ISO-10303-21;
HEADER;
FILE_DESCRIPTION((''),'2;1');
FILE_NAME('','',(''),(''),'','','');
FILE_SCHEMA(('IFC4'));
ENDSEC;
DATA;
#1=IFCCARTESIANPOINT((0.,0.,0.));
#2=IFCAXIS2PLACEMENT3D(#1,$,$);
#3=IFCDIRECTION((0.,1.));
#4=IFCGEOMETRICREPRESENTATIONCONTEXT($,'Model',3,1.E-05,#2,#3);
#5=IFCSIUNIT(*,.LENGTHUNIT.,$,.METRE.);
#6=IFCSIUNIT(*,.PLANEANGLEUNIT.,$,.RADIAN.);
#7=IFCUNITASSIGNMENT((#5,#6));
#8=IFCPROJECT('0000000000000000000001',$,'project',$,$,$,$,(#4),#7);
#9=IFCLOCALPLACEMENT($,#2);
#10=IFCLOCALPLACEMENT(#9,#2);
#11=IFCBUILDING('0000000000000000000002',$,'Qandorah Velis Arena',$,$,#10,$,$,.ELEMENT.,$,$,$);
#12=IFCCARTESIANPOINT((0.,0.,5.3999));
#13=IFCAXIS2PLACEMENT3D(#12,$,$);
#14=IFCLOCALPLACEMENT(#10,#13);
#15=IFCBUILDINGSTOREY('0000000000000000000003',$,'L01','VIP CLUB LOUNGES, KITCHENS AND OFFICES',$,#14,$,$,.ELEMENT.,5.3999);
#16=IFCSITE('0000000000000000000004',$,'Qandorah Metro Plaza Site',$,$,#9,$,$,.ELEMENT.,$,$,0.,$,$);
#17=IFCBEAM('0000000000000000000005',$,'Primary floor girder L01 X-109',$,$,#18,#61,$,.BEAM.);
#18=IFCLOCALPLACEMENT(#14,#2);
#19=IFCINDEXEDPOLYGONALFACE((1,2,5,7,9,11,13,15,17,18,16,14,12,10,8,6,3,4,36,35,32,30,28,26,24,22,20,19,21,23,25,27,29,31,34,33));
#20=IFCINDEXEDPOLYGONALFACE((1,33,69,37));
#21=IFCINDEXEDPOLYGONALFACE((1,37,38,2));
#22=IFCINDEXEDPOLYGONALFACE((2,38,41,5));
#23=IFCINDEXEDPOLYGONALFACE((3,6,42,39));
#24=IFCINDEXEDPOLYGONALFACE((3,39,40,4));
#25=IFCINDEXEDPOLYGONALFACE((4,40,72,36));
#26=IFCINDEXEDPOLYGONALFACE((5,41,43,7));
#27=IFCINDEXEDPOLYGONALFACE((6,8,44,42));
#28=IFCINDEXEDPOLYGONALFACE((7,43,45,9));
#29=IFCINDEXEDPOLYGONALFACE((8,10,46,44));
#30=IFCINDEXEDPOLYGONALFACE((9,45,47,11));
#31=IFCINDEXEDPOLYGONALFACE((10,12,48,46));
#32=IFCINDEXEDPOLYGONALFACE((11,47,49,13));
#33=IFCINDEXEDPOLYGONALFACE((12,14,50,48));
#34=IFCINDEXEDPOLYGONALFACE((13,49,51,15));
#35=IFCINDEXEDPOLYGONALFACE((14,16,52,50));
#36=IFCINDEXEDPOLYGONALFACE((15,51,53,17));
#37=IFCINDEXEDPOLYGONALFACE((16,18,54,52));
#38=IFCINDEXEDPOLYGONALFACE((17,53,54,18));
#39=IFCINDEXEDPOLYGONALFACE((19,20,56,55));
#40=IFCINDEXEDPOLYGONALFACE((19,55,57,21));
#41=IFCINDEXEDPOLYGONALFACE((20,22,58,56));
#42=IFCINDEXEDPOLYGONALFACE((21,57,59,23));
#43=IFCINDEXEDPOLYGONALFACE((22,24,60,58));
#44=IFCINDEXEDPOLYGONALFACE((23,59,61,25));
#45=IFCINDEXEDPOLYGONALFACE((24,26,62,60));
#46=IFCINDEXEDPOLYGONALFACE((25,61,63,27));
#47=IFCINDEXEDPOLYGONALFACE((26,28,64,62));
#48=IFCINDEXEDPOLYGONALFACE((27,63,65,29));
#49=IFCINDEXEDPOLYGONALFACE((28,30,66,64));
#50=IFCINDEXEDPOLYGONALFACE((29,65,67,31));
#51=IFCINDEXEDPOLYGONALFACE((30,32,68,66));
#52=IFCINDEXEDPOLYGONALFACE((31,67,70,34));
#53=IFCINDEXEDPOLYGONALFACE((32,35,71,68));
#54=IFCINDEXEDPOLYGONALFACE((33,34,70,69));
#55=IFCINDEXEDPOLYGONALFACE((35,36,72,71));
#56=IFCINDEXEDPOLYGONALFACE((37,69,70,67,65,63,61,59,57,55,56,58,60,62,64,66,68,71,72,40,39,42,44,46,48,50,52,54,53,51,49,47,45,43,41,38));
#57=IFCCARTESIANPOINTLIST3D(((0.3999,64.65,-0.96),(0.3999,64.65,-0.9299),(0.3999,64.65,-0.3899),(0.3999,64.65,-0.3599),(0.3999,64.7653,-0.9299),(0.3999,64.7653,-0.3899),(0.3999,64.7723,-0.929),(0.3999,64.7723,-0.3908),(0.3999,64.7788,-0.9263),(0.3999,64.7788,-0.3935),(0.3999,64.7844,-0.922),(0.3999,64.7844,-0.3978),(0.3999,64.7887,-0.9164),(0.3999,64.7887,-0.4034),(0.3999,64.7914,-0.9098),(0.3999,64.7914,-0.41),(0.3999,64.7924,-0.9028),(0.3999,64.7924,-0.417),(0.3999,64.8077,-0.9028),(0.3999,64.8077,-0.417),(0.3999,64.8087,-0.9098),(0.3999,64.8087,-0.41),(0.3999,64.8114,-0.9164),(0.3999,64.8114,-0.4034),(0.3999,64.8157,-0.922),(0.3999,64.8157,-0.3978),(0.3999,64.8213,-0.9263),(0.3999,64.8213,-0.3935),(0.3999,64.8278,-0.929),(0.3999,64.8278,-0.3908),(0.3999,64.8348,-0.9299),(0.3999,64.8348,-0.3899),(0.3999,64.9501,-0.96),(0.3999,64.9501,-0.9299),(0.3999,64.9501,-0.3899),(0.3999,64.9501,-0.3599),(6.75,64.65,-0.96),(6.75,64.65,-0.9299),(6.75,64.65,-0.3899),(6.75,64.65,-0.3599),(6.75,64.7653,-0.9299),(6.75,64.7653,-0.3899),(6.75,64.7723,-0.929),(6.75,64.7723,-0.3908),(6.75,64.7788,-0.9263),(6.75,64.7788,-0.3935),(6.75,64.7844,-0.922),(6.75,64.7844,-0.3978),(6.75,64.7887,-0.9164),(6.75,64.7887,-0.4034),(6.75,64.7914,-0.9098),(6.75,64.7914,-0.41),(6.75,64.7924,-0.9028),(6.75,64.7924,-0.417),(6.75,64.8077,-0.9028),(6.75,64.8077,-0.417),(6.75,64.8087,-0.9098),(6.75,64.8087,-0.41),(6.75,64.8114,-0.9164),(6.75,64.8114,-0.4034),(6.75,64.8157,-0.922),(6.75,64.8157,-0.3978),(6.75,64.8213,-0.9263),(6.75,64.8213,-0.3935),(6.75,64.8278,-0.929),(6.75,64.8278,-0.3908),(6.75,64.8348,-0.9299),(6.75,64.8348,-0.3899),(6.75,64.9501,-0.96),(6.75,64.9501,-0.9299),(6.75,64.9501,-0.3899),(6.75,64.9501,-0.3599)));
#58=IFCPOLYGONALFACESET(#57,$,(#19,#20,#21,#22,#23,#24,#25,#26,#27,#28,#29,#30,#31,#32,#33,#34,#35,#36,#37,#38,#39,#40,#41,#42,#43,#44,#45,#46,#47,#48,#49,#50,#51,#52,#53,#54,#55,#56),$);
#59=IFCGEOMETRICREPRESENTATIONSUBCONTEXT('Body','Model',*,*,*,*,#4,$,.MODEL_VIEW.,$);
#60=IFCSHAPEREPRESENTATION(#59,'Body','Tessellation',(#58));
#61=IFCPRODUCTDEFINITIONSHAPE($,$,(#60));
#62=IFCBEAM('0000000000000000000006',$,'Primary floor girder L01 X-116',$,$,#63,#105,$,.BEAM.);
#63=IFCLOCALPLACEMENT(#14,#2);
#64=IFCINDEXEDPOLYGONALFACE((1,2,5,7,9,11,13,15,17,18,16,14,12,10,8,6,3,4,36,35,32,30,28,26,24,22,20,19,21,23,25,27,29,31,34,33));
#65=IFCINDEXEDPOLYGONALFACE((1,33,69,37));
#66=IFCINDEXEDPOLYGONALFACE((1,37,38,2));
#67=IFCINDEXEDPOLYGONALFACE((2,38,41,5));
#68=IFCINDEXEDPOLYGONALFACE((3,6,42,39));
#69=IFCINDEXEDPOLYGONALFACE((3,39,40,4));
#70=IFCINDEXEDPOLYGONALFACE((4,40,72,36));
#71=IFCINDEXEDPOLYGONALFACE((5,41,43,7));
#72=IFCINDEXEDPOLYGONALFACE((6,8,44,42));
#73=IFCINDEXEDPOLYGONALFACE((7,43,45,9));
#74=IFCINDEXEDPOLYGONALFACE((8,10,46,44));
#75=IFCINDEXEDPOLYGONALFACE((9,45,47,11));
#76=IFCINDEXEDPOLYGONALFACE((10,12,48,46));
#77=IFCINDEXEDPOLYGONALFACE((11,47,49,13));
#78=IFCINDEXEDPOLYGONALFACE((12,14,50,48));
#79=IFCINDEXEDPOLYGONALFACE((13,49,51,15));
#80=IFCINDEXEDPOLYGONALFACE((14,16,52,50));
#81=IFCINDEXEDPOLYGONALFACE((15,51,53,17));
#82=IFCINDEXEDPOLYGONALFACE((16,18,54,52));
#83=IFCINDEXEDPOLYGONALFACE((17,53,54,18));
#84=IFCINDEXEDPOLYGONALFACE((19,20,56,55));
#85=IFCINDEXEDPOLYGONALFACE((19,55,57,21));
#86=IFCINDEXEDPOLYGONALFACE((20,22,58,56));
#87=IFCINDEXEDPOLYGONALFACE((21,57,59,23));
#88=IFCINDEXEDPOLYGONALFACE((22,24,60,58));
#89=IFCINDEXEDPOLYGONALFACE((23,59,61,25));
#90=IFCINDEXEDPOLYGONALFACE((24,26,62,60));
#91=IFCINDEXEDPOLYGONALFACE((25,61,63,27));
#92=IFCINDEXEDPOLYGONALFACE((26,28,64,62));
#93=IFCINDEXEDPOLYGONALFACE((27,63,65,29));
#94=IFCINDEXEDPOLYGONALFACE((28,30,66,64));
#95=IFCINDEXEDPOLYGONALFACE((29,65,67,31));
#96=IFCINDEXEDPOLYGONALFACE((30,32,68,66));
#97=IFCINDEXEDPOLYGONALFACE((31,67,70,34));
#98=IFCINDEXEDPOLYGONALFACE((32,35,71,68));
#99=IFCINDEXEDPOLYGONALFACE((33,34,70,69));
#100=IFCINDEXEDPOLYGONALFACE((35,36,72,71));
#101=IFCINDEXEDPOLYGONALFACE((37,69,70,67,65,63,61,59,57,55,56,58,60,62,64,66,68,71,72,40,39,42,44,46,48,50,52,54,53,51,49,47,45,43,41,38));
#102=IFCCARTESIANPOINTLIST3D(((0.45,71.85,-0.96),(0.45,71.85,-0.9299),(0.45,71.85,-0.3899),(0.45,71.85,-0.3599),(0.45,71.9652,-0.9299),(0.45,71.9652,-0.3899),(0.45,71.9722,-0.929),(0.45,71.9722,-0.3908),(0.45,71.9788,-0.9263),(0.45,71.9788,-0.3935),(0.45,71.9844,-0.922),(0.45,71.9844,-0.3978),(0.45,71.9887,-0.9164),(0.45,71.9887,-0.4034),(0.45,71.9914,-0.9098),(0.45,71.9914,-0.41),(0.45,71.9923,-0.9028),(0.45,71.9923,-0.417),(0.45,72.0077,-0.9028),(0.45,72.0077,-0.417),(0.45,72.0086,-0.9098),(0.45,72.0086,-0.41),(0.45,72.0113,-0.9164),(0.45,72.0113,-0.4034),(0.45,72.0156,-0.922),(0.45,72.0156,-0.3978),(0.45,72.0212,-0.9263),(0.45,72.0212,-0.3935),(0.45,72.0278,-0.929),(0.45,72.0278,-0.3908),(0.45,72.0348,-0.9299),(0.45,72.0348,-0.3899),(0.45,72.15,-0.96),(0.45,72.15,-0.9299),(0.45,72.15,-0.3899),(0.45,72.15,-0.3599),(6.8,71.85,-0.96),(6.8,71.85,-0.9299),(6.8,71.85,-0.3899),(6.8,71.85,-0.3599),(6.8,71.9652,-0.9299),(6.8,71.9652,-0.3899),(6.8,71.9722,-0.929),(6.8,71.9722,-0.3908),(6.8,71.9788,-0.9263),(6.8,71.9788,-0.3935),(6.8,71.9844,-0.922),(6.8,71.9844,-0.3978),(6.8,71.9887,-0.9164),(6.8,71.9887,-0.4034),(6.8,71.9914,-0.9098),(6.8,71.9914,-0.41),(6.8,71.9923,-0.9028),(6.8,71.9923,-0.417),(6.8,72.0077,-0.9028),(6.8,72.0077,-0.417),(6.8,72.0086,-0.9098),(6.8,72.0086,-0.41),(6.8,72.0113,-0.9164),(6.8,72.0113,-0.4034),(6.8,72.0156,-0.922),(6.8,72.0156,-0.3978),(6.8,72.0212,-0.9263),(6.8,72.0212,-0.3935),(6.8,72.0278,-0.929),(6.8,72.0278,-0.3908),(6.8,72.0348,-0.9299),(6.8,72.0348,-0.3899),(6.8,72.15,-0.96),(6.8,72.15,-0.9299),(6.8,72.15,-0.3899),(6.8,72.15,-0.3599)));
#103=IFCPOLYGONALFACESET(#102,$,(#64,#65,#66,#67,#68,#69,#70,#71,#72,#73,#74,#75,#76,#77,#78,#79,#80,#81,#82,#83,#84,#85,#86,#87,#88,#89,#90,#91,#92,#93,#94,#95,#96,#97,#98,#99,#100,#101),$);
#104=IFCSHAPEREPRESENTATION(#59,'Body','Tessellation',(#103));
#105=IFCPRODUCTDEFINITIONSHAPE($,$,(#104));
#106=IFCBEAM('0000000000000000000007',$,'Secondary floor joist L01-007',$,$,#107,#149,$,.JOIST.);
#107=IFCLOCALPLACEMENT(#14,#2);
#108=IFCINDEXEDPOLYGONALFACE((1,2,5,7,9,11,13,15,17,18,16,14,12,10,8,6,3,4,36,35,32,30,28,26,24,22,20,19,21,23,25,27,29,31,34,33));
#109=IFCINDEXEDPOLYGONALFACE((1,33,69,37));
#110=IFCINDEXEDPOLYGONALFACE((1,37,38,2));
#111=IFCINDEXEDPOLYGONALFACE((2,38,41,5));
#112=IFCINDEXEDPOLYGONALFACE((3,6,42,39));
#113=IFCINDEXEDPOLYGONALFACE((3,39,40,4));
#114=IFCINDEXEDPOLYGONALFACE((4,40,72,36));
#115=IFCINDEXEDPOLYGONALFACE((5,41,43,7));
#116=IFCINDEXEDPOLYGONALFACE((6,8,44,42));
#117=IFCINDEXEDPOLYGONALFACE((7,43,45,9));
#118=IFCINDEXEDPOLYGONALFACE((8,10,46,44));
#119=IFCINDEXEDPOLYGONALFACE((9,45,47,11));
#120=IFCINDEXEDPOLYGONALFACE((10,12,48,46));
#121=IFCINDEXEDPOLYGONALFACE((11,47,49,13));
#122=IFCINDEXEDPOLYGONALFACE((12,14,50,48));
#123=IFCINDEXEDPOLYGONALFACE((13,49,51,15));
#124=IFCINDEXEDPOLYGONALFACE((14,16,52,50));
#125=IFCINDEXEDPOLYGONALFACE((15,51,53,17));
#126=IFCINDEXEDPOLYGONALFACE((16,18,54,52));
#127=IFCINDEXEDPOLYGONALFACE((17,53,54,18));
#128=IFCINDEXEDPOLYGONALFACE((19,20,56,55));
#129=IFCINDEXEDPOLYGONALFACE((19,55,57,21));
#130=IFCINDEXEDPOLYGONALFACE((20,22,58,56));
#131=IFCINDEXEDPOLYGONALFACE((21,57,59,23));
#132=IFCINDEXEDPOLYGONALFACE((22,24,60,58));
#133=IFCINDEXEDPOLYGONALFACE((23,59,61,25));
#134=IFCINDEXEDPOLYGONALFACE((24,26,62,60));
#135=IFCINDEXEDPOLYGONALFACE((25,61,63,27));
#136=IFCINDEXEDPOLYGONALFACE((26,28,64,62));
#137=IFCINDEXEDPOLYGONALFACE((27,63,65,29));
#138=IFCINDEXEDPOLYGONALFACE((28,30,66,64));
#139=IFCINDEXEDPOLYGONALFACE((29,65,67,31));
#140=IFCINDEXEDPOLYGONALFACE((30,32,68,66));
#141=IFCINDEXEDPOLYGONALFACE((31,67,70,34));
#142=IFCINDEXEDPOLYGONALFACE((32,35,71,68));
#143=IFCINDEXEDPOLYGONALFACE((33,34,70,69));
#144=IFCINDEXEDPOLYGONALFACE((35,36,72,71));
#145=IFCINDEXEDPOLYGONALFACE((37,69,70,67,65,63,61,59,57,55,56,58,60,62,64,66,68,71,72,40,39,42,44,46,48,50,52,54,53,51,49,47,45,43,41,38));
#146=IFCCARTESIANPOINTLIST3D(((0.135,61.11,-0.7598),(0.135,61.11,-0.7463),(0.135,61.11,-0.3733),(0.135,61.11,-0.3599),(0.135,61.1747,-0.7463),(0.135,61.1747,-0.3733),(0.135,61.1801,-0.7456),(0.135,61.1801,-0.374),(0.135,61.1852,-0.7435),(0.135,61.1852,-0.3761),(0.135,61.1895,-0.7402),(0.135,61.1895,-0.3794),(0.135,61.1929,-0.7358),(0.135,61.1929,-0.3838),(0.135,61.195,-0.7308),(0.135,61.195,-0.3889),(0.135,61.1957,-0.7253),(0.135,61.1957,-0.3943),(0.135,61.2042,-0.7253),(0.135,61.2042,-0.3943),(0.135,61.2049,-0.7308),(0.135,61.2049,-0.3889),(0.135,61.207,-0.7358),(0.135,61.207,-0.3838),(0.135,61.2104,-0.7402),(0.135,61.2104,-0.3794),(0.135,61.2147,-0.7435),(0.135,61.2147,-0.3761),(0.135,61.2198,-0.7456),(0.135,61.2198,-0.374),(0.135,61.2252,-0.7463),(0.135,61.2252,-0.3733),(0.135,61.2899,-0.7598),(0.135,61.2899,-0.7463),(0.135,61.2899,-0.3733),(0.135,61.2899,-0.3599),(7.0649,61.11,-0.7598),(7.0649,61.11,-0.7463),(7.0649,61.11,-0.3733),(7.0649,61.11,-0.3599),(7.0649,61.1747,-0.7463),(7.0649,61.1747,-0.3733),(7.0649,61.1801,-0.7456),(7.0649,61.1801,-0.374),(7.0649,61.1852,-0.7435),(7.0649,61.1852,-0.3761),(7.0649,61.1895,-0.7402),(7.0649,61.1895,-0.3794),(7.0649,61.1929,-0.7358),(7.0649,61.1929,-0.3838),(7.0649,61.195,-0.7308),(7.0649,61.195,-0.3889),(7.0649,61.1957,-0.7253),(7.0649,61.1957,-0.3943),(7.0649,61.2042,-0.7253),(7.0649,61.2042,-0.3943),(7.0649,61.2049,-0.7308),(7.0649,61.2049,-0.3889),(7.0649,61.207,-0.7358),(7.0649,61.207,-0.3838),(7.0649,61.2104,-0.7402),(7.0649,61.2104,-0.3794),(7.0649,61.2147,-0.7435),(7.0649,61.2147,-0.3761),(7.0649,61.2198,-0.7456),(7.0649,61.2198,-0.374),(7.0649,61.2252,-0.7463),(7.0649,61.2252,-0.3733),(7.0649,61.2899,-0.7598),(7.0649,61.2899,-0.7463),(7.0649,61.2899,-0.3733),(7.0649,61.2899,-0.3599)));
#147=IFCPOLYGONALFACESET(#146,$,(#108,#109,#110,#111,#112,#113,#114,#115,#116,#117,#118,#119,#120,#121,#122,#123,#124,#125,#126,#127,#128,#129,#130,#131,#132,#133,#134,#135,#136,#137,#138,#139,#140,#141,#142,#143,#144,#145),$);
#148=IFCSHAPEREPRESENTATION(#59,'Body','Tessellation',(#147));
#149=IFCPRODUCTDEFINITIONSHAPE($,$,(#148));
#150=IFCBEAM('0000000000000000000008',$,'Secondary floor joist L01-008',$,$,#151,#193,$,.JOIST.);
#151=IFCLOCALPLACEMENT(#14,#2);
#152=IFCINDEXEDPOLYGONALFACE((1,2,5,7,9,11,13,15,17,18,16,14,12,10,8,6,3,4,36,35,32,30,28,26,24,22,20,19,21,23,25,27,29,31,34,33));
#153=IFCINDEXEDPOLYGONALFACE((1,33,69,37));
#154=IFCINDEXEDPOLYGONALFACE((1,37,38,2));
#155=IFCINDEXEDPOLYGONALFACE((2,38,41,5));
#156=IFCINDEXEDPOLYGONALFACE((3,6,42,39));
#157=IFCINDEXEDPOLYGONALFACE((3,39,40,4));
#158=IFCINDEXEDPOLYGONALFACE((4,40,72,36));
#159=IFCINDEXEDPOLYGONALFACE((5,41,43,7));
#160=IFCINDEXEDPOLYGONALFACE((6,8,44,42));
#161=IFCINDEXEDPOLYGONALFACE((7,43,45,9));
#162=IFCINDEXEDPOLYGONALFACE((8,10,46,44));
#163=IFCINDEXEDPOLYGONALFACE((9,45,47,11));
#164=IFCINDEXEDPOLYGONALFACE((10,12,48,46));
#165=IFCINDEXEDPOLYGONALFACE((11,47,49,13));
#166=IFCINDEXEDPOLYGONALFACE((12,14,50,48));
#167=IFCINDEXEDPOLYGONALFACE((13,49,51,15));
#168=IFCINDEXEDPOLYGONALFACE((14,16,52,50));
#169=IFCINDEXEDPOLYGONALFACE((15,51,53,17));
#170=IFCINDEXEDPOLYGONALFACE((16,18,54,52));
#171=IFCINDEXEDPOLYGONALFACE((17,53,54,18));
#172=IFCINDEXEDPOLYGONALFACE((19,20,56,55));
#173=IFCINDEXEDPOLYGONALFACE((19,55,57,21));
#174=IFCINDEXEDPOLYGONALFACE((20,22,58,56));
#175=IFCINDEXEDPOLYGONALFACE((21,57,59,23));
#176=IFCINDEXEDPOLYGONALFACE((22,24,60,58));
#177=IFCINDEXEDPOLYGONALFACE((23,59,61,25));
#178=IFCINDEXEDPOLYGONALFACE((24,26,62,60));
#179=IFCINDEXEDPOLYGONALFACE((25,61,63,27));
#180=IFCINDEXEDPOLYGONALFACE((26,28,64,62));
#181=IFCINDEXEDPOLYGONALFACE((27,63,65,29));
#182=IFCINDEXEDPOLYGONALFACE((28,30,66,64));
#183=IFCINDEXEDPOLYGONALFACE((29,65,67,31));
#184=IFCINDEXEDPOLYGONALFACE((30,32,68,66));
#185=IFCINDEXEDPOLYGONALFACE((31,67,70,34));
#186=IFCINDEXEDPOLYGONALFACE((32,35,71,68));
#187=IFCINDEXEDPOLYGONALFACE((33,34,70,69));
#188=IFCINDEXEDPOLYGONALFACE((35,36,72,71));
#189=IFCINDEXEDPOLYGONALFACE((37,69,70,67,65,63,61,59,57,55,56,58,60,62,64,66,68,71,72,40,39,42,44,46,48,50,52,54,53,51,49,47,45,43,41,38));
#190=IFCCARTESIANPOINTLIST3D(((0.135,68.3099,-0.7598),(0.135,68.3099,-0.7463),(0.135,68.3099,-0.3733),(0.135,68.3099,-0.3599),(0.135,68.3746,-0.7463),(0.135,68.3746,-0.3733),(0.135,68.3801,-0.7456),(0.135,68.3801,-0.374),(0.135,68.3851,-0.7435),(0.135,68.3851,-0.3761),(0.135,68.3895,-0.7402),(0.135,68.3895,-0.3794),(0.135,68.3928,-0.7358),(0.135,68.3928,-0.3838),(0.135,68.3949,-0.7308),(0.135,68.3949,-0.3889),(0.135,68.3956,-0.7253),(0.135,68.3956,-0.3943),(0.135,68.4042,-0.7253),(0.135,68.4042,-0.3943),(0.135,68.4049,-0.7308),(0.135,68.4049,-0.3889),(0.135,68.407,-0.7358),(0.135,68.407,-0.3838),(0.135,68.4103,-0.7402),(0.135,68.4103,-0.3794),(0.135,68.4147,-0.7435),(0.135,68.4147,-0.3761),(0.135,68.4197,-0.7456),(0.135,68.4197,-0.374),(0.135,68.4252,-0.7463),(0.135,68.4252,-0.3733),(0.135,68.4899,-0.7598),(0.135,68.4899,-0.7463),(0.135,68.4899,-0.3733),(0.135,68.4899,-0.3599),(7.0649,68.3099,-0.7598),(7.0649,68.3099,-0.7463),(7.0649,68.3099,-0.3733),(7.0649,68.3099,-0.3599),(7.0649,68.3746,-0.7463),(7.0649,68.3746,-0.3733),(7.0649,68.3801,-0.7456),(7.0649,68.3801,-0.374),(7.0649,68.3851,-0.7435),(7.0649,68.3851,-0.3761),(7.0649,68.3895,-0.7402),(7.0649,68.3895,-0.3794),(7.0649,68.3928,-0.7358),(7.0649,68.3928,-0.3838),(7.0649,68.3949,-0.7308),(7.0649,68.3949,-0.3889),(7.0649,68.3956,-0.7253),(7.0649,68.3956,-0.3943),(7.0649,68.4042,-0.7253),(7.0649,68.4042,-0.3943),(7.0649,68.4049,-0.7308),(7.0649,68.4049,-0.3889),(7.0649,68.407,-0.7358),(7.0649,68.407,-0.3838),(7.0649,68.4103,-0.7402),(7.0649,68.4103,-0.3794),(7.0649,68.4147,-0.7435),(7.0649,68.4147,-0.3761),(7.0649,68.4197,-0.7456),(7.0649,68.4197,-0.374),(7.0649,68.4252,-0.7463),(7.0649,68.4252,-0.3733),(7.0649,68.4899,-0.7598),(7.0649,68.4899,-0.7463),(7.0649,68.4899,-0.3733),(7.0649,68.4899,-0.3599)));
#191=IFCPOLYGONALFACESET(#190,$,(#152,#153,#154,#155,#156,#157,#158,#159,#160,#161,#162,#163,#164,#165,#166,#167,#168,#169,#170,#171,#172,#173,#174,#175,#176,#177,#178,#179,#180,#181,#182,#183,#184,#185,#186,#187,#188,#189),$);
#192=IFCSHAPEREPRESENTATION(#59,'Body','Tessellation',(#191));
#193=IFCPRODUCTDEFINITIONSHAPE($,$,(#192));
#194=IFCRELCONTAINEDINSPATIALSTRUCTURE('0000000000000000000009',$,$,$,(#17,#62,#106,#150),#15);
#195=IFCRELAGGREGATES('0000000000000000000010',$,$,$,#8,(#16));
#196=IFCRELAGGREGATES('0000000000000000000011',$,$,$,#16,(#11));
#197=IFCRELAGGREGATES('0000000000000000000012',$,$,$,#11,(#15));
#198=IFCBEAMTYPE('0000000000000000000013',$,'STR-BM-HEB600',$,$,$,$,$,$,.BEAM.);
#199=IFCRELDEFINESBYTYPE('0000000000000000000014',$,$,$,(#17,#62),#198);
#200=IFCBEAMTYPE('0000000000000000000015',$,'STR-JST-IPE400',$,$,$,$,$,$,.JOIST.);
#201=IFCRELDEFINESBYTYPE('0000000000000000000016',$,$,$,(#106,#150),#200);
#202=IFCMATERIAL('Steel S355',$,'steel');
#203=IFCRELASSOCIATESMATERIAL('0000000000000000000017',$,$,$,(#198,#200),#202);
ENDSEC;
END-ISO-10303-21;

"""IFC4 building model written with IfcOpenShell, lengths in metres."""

from ifc_helpers import new_model, si_unit, direction, frame, origin, origin_2d, place, context, subcontext, project, spatial, i_section, extrude, material, material_profile, profile_set, type_object, element, save


model = new_model("IFC4")

# Units and contexts
model_context = context("Model", 3, precision=1e-05, world=origin(), true_north=direction((0.0, 1.0)))
body_context = subcontext(model_context, "Body", "Model", "MODEL_VIEW")
ifc_project = project(units=[si_unit("LENGTHUNIT", "METRE"), si_unit("PLANEANGLEUNIT", "RADIAN")], contexts=[model_context])

# Site, building, storey
site_placement = place(None, origin())
site = spatial("IfcSite", under=ifc_project, at=site_placement, Name="Qandorah Metro Plaza Site", CompositionType="ELEMENT", RefElevation=0.0)
building_placement = place(site_placement, origin())
building = spatial("IfcBuilding", under=site, at=building_placement, Name="Qandorah Velis Arena", CompositionType="ELEMENT")
storey_placement = place(building_placement, frame((0.0, 0.0, 5.3999)))
storey = spatial("IfcBuildingStorey", under=building, at=storey_placement, Name="L01", Description="VIP CLUB LOUNGES, KITCHENS AND OFFICES", CompositionType="ELEMENT", Elevation=5.3999)

# Beams
ifc_material_1 = material(Name="Steel S355", Category="steel")
ifc_material_profile_1 = material_profile(ifc_material_1, i_section(OverallWidth=0.3, OverallDepth=0.6001, WebThickness=0.0154, FlangeThickness=0.03, FilletRadius=0.0271, at=origin_2d()), Name="HEB 600")
ifc_profile_set_1 = profile_set([ifc_material_profile_1], Name="Steel S355")
beam_type_1 = type_object("IfcBeamType", Name="STR-BM-HEB600", PredefinedType="BEAM", material=ifc_profile_set_1)
for number, where, z_axis, x_axis, name in (
    (1, (0.3999, 64.8, -0.6599), (1.0, 0.0, 0.0), (0.0, 1.0, 0.0), "Primary floor girder L01 X-109"),
    (2, (0.45, 72.0, -0.6599), (1.0, 0.0, 0.0), (0.0, 1.0, 0.0), "Primary floor girder L01 X-116"),
):
    element("IfcBeam", number, at=place(storey_placement, frame(where, z_axis=z_axis, x_axis=x_axis)), inside=storey, type_object=beam_type_1, Name=name, PredefinedType="BEAM", context=body_context, shape_type="SweptSolid", body=[
        extrude(i_section(OverallWidth=0.3, OverallDepth=0.6001, WebThickness=0.0154, FlangeThickness=0.03, FilletRadius=0.0271, at=origin_2d()), origin(), (0.0, 0.0, 1.0), 6.3501),
    ])
ifc_material_profile_2 = material_profile(ifc_material_1, i_section(OverallWidth=0.1799, OverallDepth=0.3999, WebThickness=0.0085, FlangeThickness=0.0134, FilletRadius=0.021, at=origin_2d()), Name="IPE 400")
ifc_profile_set_2 = profile_set([ifc_material_profile_2], Name="Steel S355")
beam_type_2 = type_object("IfcBeamType", Name="STR-JST-IPE400", PredefinedType="JOIST", material=ifc_profile_set_2)
for number, where, z_axis, x_axis, name in (
    (3, (0.135, 61.2, -0.5598), (1.0, 0.0, 0.0), (0.0, 1.0, 0.0), "Secondary floor joist L01-007"),
    (4, (0.135, 68.3999, -0.5598), (1.0, 0.0, 0.0), (0.0, 1.0, 0.0), "Secondary floor joist L01-008"),
):
    element("IfcBeam", number, at=place(storey_placement, frame(where, z_axis=z_axis, x_axis=x_axis)), inside=storey, type_object=beam_type_2, Name=name, PredefinedType="JOIST", context=body_context, shape_type="SweptSolid", body=[
        extrude(i_section(OverallWidth=0.1799, OverallDepth=0.3999, WebThickness=0.0085, FlangeThickness=0.0134, FilletRadius=0.021, at=origin_2d()), origin(), (0.0, 0.0, 1.0), 6.9299),
    ])

save(model, "model.ifc")
